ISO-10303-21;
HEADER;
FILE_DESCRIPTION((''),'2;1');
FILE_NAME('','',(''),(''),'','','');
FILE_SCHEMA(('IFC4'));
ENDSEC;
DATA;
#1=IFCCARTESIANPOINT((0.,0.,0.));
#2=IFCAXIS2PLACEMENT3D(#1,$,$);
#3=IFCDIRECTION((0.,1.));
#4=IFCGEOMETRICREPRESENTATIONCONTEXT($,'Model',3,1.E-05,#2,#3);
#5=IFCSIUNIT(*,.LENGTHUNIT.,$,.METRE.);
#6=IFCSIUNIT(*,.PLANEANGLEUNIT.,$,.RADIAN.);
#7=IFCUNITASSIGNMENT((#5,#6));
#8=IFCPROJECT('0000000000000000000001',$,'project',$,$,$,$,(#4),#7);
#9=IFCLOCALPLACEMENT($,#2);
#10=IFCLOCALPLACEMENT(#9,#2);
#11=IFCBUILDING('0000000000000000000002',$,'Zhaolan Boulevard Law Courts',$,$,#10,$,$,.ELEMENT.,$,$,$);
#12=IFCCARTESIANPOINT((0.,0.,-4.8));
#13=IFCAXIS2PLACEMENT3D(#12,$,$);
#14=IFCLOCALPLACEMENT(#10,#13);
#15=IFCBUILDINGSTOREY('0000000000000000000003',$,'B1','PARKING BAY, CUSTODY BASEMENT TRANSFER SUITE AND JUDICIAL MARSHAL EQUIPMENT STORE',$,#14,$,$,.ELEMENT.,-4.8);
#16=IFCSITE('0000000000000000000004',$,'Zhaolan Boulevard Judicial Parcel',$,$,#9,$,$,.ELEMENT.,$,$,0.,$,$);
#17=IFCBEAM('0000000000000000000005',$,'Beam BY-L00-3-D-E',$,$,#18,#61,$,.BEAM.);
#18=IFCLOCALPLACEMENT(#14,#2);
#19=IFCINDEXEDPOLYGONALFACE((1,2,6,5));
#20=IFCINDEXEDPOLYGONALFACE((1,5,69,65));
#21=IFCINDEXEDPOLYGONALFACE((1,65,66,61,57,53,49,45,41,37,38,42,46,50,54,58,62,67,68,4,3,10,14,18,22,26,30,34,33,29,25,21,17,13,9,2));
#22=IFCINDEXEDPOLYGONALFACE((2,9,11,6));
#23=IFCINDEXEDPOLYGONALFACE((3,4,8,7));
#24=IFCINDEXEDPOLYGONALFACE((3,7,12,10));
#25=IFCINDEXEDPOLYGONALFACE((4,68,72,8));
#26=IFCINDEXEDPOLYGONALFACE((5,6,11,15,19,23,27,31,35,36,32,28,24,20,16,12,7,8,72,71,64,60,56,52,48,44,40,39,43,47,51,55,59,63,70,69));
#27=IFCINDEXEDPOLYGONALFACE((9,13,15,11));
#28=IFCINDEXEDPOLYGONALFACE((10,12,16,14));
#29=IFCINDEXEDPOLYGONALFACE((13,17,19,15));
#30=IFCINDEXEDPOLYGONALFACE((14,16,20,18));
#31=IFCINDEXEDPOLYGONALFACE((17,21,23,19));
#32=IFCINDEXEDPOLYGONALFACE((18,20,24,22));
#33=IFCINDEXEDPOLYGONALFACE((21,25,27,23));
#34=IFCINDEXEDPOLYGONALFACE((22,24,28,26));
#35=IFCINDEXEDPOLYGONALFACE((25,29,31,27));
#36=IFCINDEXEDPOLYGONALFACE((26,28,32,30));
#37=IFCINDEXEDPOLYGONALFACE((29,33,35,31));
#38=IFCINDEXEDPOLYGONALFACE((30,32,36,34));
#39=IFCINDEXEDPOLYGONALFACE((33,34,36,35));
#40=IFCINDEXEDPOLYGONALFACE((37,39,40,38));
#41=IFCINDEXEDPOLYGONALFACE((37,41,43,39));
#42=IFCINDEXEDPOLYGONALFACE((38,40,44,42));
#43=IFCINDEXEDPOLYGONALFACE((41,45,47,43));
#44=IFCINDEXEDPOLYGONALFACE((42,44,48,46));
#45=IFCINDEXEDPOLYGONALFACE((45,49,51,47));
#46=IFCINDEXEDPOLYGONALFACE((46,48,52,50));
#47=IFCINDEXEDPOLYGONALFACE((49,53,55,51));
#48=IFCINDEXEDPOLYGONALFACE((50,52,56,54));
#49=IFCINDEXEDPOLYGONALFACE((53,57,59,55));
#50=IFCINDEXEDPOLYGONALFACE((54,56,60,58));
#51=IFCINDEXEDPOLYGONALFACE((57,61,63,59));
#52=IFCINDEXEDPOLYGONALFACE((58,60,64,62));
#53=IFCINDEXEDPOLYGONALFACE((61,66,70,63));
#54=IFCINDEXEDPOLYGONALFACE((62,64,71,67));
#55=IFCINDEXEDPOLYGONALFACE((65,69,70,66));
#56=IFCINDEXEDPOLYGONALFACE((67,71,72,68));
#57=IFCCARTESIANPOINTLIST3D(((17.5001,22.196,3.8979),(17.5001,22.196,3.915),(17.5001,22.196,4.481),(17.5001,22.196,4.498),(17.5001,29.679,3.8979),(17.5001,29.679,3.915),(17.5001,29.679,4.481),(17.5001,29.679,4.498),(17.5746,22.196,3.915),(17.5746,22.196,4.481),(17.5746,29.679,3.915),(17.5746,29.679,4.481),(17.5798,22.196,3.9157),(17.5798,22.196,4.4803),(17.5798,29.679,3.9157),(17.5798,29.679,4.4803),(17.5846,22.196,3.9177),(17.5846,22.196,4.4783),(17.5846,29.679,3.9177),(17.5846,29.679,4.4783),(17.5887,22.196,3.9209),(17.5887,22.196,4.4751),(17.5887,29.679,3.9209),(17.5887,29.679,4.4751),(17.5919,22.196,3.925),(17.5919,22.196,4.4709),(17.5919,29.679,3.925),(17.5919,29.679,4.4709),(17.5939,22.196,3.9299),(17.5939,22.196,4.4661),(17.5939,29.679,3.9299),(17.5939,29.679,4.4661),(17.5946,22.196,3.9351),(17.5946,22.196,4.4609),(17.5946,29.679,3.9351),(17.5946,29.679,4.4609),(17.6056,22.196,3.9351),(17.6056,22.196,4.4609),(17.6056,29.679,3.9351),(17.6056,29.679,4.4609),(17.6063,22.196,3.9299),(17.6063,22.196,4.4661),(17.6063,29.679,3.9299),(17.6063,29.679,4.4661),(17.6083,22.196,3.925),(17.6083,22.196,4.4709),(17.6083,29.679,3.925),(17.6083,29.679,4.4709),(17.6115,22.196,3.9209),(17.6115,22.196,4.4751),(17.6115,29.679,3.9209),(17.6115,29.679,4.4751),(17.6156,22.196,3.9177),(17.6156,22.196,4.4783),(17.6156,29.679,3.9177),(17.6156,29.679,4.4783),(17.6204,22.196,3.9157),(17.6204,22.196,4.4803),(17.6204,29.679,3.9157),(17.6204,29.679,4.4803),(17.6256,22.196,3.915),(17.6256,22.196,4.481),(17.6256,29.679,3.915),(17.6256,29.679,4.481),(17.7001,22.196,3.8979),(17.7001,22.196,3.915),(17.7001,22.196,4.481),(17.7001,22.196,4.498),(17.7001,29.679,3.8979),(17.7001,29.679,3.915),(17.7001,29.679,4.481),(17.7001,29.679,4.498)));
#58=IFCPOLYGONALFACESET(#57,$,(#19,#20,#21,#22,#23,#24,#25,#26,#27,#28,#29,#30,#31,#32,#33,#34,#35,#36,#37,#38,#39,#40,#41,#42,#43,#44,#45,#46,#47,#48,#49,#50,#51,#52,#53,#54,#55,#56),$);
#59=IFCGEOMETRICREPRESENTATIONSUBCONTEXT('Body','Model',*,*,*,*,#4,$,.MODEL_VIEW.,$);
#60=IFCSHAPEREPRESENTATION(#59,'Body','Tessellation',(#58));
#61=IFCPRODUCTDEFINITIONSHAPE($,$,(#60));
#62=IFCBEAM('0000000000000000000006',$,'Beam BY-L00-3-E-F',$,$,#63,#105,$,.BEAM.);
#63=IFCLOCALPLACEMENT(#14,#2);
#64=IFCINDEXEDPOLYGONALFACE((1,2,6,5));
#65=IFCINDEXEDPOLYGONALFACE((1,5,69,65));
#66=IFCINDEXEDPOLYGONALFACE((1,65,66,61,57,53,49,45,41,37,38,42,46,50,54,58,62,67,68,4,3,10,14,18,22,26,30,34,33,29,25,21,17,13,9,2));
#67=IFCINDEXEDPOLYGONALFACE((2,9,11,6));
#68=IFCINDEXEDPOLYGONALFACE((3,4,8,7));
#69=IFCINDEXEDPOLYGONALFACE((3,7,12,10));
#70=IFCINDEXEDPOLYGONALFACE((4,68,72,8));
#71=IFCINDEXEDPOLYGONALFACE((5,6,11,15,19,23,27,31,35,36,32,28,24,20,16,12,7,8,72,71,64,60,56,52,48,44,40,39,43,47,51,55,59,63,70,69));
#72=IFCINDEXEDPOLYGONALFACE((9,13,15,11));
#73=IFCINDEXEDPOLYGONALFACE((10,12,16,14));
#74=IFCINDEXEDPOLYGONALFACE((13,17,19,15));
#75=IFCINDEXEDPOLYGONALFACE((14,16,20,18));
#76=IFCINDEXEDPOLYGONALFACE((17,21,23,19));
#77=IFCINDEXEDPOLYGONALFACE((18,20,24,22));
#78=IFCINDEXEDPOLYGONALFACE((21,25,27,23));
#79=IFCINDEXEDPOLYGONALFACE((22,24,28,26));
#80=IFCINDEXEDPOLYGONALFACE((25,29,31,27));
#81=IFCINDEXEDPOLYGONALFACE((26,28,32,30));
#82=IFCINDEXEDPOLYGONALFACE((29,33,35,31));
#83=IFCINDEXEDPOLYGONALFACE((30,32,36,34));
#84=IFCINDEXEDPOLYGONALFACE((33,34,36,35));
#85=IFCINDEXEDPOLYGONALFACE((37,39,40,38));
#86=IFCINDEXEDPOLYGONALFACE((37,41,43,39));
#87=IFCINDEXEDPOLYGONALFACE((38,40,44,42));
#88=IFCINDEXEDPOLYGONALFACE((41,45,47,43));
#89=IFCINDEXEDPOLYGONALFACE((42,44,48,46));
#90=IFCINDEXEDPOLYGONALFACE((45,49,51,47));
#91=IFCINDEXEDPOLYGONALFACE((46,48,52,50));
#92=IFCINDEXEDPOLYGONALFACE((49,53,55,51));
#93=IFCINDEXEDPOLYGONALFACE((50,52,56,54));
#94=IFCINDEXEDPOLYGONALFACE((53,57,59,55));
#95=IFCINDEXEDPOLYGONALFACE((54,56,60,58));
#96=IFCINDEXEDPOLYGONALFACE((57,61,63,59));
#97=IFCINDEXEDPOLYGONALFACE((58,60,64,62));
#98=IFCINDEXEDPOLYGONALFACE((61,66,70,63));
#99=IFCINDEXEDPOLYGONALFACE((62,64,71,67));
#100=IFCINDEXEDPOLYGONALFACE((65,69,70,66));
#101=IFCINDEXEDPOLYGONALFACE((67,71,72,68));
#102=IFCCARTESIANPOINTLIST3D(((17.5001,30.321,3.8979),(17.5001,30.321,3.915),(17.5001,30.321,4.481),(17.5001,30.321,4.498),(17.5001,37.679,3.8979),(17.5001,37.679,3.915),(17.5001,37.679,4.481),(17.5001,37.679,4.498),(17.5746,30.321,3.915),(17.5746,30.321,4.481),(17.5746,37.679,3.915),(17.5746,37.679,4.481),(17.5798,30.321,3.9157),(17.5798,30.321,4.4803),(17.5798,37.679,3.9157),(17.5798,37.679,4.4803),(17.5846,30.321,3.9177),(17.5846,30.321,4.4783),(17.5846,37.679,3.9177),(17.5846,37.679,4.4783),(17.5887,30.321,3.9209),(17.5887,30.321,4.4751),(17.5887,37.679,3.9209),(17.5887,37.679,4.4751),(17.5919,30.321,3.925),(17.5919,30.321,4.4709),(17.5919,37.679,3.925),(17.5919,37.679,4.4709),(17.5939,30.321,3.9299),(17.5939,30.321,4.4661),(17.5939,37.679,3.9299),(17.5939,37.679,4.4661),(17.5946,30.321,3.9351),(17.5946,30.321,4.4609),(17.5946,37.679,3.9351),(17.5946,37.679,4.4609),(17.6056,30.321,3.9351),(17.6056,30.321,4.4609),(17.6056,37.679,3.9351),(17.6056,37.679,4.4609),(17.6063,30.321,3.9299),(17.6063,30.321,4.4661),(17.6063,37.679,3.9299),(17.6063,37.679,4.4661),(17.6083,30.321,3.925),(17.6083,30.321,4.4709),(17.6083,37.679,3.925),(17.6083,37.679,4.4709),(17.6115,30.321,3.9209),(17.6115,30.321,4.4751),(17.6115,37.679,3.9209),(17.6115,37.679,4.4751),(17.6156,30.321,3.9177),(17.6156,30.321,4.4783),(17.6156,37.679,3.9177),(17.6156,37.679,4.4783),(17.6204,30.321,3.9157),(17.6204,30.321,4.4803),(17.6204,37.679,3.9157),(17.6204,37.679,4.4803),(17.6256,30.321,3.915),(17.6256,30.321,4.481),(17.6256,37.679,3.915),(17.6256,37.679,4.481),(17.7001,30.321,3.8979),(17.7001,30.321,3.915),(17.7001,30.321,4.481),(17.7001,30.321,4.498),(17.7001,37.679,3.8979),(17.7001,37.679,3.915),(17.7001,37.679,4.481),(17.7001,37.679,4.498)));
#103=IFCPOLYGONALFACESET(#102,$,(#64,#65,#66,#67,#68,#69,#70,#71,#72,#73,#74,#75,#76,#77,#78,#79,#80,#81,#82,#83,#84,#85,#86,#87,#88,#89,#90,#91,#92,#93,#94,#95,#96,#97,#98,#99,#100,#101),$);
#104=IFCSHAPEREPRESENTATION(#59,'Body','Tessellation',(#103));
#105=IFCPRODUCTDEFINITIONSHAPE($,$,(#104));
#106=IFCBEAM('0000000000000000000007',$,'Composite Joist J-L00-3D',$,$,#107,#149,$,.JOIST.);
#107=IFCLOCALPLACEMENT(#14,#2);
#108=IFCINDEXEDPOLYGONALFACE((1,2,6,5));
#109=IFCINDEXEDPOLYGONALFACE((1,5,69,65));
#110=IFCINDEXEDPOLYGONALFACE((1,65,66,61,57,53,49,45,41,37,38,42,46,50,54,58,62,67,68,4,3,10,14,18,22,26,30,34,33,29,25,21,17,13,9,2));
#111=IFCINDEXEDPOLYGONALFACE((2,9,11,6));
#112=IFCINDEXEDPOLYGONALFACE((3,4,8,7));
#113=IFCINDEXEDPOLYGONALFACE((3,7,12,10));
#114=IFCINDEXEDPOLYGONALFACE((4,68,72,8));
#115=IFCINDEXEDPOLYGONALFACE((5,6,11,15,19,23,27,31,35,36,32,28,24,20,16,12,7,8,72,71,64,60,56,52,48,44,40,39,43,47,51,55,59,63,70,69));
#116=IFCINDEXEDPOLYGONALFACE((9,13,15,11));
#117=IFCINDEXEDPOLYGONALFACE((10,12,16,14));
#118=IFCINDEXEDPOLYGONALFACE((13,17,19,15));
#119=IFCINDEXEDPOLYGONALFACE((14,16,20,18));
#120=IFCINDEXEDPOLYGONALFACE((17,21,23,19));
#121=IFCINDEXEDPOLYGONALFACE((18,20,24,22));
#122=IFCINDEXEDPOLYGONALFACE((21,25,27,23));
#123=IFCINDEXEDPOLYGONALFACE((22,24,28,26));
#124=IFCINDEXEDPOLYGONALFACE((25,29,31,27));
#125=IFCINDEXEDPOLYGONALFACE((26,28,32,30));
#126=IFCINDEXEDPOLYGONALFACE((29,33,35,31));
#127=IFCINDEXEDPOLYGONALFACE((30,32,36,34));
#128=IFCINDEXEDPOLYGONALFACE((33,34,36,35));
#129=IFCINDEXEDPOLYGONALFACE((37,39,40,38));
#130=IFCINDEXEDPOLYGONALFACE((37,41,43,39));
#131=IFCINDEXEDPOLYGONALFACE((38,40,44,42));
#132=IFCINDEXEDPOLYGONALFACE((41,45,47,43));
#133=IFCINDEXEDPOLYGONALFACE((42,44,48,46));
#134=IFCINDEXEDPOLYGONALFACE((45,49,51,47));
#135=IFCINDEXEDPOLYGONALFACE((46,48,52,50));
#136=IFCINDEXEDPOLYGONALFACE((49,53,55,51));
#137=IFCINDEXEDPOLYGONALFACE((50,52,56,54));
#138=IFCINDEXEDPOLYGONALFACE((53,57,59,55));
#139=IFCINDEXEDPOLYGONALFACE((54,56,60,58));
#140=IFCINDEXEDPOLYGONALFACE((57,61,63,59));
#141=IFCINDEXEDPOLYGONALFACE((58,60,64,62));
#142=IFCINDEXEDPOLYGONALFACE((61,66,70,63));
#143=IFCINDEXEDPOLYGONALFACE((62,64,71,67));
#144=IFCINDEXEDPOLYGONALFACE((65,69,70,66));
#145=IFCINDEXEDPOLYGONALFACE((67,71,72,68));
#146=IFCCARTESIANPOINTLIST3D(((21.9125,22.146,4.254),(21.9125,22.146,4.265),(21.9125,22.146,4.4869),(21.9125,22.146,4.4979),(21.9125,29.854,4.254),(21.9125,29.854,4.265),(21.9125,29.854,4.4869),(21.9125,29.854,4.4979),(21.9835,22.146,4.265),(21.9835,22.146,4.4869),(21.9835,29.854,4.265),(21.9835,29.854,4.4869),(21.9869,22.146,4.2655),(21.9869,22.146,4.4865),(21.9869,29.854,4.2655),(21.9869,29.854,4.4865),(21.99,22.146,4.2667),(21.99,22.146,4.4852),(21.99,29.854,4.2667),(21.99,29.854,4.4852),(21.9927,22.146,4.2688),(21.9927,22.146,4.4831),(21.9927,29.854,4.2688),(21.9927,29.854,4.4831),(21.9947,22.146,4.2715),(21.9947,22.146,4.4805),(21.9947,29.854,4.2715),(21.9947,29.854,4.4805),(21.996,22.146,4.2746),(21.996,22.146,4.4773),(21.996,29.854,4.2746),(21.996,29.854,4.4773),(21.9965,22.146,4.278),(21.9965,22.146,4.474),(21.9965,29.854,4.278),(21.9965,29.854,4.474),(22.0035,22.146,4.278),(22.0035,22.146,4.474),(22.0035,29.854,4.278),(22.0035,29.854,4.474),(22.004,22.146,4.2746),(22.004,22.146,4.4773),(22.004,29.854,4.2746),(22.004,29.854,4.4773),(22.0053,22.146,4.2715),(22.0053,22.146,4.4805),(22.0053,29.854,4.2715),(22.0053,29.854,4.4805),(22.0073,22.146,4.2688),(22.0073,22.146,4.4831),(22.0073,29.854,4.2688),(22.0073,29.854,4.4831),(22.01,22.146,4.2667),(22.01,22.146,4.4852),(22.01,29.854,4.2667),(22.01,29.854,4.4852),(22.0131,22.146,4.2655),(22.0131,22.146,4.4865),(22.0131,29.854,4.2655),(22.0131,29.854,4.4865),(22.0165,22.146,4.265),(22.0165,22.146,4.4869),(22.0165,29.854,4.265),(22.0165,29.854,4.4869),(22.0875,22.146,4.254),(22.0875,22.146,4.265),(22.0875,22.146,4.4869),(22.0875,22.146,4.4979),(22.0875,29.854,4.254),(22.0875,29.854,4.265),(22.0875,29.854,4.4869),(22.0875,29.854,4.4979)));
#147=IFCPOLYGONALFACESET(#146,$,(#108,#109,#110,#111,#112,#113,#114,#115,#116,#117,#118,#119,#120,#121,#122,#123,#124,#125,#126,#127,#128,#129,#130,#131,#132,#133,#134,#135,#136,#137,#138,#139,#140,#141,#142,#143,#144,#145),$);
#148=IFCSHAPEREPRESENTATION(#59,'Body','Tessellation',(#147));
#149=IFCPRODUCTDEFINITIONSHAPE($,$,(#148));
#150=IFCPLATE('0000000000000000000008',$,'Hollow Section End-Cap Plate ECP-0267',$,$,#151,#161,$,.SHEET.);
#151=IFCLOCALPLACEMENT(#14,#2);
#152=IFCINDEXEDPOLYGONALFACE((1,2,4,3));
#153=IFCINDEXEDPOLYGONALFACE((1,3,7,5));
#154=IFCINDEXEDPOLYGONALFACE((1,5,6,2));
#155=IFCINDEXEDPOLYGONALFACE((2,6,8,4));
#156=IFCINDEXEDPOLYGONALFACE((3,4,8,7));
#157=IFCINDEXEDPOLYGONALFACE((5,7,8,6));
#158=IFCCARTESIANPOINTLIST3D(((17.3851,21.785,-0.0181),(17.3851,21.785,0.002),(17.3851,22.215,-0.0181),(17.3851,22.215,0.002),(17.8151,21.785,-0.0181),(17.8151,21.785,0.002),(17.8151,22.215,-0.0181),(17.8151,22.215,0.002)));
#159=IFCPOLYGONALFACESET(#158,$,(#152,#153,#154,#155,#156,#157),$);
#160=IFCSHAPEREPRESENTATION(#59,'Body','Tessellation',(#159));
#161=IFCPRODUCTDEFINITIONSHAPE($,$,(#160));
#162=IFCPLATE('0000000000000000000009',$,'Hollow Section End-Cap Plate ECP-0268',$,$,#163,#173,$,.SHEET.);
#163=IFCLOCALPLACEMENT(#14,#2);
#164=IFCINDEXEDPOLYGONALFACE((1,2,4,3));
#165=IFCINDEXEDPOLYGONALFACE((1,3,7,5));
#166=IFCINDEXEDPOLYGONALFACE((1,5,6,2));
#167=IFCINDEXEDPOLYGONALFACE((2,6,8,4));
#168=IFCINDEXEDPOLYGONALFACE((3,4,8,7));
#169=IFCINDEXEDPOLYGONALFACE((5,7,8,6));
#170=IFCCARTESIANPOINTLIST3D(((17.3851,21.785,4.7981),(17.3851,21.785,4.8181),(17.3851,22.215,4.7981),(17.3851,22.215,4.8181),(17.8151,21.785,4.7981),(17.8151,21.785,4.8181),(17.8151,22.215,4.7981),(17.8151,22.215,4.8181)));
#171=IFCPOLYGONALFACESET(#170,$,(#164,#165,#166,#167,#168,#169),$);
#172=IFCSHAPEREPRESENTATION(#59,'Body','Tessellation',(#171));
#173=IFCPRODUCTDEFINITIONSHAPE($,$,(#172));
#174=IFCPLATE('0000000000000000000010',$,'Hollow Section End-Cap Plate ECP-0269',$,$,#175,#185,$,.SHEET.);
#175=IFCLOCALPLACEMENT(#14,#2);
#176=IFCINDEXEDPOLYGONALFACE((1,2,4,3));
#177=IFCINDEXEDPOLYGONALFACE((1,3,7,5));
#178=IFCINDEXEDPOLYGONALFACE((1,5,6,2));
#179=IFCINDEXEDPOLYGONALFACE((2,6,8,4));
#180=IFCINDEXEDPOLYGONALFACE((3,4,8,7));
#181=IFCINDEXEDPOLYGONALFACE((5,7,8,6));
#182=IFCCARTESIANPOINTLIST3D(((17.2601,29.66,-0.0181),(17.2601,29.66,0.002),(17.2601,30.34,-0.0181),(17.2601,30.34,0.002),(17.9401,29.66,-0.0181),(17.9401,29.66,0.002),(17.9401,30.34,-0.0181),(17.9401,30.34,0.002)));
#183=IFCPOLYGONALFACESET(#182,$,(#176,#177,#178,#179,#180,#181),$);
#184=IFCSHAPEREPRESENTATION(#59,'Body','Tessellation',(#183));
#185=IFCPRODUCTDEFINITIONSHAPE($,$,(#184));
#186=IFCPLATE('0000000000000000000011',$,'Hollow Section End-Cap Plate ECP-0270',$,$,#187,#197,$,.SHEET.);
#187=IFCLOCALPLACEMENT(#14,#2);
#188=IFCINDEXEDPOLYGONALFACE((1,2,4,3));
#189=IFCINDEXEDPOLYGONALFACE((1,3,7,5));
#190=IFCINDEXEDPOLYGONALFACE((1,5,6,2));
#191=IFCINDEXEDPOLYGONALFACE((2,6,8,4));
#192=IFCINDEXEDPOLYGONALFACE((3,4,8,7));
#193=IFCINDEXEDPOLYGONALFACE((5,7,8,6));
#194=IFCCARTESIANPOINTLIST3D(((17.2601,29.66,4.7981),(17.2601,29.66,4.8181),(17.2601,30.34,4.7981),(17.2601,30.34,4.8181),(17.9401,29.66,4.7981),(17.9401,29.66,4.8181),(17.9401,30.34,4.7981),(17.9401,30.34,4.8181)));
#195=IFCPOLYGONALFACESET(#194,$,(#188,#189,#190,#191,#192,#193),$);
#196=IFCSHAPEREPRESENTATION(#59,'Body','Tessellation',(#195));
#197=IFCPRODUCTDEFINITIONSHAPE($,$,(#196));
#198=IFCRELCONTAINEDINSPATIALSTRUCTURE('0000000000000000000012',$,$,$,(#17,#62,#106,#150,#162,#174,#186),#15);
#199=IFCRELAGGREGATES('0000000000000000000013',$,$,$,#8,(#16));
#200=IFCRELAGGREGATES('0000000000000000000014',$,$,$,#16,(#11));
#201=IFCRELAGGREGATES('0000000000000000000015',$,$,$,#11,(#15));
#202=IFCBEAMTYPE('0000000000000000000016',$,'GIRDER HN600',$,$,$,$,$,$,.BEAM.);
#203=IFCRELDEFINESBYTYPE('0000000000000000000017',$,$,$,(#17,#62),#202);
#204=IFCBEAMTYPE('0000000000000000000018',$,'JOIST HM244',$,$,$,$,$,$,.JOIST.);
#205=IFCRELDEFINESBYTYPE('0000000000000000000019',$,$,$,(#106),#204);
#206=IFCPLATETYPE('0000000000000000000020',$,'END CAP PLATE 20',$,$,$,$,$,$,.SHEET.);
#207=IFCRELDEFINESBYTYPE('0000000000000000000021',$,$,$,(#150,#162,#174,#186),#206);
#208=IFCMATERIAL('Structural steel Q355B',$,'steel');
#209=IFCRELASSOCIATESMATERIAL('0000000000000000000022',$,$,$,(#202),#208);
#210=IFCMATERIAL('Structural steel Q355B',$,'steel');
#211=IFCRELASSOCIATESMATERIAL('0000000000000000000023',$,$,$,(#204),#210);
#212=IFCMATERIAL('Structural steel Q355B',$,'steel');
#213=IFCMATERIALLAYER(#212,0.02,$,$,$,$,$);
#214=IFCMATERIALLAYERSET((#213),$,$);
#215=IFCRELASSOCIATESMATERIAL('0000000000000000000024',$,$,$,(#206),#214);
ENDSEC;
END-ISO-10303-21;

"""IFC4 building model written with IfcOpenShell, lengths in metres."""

from ifc_helpers import new_model, si_unit, direction, frame, origin, origin_2d, place, context, subcontext, project, spatial, rectangle, i_section, extrude, material, layer, layer_set, material_profile, profile_set, type_object, element, save


model = new_model("IFC4")

# Units and contexts
model_context = context("Model", 3, precision=1e-05, world=origin(), true_north=direction((0.0, 1.0)))
body_context = subcontext(model_context, "Body", "Model", "MODEL_VIEW")
ifc_project = project(units=[si_unit("LENGTHUNIT", "METRE"), si_unit("PLANEANGLEUNIT", "RADIAN")], contexts=[model_context])

# Site, building, storey
site_placement = place(None, origin())
site = spatial("IfcSite", under=ifc_project, at=site_placement, Name="Zhaolan Boulevard Judicial Parcel", CompositionType="ELEMENT", RefElevation=0.0)
building_placement = place(site_placement, origin())
building = spatial("IfcBuilding", under=site, at=building_placement, Name="Zhaolan Boulevard Law Courts", CompositionType="ELEMENT")
storey_placement = place(building_placement, frame((0.0, 0.0, -4.8)))
storey = spatial("IfcBuildingStorey", under=building, at=storey_placement, Name="B1", Description="PARKING BAY, CUSTODY BASEMENT TRANSFER SUITE AND JUDICIAL MARSHAL EQUIPMENT STORE", CompositionType="ELEMENT", Elevation=-4.8)

# Beams
ifc_material_1 = material(Name="Structural steel Q355B", Category="steel")
ifc_material_profile_1 = material_profile(ifc_material_1, i_section(OverallWidth=0.2, OverallDepth=0.6001, WebThickness=0.011, FlangeThickness=0.0171, FilletRadius=0.02, at=origin_2d()), Name="HN600x200")
ifc_profile_set_1 = profile_set([ifc_material_profile_1], Name="Structural steel Q355B")
beam_type_1 = type_object("IfcBeamType", Name="GIRDER HN600", PredefinedType="BEAM", material=ifc_profile_set_1)
beam_1_placement = place(storey_placement, frame((17.6001, 22.196, 4.198), z_axis=(0.0, 1.0, 0.0), x_axis=(-1.0, 0.0, 0.0)))
element("IfcBeam", 1, at=beam_1_placement, inside=storey, type_object=beam_type_1, Name="Beam BY-L00-3-D-E", PredefinedType="BEAM", context=body_context, shape_type="SweptSolid", body=[
    extrude(i_section(OverallWidth=0.2, OverallDepth=0.6001, WebThickness=0.011, FlangeThickness=0.0171, FilletRadius=0.02, at=origin_2d()), origin(), (0.0, 0.0, 1.0), 7.4829),
])
beam_2_placement = place(storey_placement, frame((17.6001, 30.321, 4.198), z_axis=(0.0, 1.0, 0.0), x_axis=(-1.0, 0.0, 0.0)))
element("IfcBeam", 2, at=beam_2_placement, inside=storey, type_object=beam_type_1, Name="Beam BY-L00-3-E-F", PredefinedType="BEAM", context=body_context, shape_type="SweptSolid", body=[
    extrude(i_section(OverallWidth=0.2, OverallDepth=0.6001, WebThickness=0.011, FlangeThickness=0.0171, FilletRadius=0.02, at=origin_2d()), origin(), (0.0, 0.0, 1.0), 7.3579),
])
ifc_material_2 = material(Name="Structural steel Q355B", Category="steel")
ifc_material_profile_2 = material_profile(ifc_material_2, i_section(OverallWidth=0.175, OverallDepth=0.2439, WebThickness=0.0071, FlangeThickness=0.011, FilletRadius=0.0129, at=origin_2d()), Name="HM244x175")
ifc_profile_set_2 = profile_set([ifc_material_profile_2], Name="Structural steel Q355B")
beam_type_2 = type_object("IfcBeamType", Name="JOIST HM244", PredefinedType="JOIST", material=ifc_profile_set_2)
beam_3_placement = place(storey_placement, frame((22.0, 22.146, 4.376), z_axis=(0.0, 1.0, 0.0), x_axis=(-1.0, 0.0, 0.0)))
element("IfcBeam", 3, at=beam_3_placement, inside=storey, type_object=beam_type_2, Name="Composite Joist J-L00-3D", PredefinedType="JOIST", context=body_context, shape_type="SweptSolid", body=[
    extrude(i_section(OverallWidth=0.175, OverallDepth=0.2439, WebThickness=0.0071, FlangeThickness=0.011, FilletRadius=0.0129, at=origin_2d()), origin(), (0.0, 0.0, 1.0), 7.708),
])

# Plates
ifc_material_3 = material(Name="Structural steel Q355B", Category="steel")
ifc_layer_1 = layer(ifc_material_3, 0.02)
ifc_layer_set_1 = layer_set([ifc_layer_1])
plate_type = type_object("IfcPlateType", Name="END CAP PLATE 20", PredefinedType="SHEET", material=ifc_layer_set_1)
for number, where, z_axis, x_axis, name in (
    (4, (17.6001, 22.0, -0.0181), (0.0, 0.0, 1.0), (1.0, 0.0, 0.0), "Hollow Section End-Cap Plate ECP-0267"),
    (5, (17.6001, 22.0, 4.7981), (0.0, 0.0, 1.0), (1.0, 0.0, 0.0), "Hollow Section End-Cap Plate ECP-0268"),
):
    element("IfcPlate", number, at=place(storey_placement, frame(where, z_axis=z_axis, x_axis=x_axis)), inside=storey, type_object=plate_type, Name=name, PredefinedType="SHEET", context=body_context, shape_type="SweptSolid", body=[
        extrude(rectangle(XDim=0.4299, YDim=0.4299, at=origin_2d()), origin(), (0.0, 0.0, 1.0), 0.02),
    ])
for number, where, z_axis, x_axis, name in (
    (6, (17.6001, 30.0, -0.0181), (0.0, 0.0, 1.0), (1.0, 0.0, 0.0), "Hollow Section End-Cap Plate ECP-0269"),
    (7, (17.6001, 30.0, 4.7981), (0.0, 0.0, 1.0), (1.0, 0.0, 0.0), "Hollow Section End-Cap Plate ECP-0270"),
):
    element("IfcPlate", number, at=place(storey_placement, frame(where, z_axis=z_axis, x_axis=x_axis)), inside=storey, type_object=plate_type, Name=name, PredefinedType="SHEET", context=body_context, shape_type="SweptSolid", body=[
        extrude(rectangle(XDim=0.6799, YDim=0.6799, at=origin_2d()), origin(), (0.0, 0.0, 1.0), 0.02),
    ])

save(model, "model.ifc")
